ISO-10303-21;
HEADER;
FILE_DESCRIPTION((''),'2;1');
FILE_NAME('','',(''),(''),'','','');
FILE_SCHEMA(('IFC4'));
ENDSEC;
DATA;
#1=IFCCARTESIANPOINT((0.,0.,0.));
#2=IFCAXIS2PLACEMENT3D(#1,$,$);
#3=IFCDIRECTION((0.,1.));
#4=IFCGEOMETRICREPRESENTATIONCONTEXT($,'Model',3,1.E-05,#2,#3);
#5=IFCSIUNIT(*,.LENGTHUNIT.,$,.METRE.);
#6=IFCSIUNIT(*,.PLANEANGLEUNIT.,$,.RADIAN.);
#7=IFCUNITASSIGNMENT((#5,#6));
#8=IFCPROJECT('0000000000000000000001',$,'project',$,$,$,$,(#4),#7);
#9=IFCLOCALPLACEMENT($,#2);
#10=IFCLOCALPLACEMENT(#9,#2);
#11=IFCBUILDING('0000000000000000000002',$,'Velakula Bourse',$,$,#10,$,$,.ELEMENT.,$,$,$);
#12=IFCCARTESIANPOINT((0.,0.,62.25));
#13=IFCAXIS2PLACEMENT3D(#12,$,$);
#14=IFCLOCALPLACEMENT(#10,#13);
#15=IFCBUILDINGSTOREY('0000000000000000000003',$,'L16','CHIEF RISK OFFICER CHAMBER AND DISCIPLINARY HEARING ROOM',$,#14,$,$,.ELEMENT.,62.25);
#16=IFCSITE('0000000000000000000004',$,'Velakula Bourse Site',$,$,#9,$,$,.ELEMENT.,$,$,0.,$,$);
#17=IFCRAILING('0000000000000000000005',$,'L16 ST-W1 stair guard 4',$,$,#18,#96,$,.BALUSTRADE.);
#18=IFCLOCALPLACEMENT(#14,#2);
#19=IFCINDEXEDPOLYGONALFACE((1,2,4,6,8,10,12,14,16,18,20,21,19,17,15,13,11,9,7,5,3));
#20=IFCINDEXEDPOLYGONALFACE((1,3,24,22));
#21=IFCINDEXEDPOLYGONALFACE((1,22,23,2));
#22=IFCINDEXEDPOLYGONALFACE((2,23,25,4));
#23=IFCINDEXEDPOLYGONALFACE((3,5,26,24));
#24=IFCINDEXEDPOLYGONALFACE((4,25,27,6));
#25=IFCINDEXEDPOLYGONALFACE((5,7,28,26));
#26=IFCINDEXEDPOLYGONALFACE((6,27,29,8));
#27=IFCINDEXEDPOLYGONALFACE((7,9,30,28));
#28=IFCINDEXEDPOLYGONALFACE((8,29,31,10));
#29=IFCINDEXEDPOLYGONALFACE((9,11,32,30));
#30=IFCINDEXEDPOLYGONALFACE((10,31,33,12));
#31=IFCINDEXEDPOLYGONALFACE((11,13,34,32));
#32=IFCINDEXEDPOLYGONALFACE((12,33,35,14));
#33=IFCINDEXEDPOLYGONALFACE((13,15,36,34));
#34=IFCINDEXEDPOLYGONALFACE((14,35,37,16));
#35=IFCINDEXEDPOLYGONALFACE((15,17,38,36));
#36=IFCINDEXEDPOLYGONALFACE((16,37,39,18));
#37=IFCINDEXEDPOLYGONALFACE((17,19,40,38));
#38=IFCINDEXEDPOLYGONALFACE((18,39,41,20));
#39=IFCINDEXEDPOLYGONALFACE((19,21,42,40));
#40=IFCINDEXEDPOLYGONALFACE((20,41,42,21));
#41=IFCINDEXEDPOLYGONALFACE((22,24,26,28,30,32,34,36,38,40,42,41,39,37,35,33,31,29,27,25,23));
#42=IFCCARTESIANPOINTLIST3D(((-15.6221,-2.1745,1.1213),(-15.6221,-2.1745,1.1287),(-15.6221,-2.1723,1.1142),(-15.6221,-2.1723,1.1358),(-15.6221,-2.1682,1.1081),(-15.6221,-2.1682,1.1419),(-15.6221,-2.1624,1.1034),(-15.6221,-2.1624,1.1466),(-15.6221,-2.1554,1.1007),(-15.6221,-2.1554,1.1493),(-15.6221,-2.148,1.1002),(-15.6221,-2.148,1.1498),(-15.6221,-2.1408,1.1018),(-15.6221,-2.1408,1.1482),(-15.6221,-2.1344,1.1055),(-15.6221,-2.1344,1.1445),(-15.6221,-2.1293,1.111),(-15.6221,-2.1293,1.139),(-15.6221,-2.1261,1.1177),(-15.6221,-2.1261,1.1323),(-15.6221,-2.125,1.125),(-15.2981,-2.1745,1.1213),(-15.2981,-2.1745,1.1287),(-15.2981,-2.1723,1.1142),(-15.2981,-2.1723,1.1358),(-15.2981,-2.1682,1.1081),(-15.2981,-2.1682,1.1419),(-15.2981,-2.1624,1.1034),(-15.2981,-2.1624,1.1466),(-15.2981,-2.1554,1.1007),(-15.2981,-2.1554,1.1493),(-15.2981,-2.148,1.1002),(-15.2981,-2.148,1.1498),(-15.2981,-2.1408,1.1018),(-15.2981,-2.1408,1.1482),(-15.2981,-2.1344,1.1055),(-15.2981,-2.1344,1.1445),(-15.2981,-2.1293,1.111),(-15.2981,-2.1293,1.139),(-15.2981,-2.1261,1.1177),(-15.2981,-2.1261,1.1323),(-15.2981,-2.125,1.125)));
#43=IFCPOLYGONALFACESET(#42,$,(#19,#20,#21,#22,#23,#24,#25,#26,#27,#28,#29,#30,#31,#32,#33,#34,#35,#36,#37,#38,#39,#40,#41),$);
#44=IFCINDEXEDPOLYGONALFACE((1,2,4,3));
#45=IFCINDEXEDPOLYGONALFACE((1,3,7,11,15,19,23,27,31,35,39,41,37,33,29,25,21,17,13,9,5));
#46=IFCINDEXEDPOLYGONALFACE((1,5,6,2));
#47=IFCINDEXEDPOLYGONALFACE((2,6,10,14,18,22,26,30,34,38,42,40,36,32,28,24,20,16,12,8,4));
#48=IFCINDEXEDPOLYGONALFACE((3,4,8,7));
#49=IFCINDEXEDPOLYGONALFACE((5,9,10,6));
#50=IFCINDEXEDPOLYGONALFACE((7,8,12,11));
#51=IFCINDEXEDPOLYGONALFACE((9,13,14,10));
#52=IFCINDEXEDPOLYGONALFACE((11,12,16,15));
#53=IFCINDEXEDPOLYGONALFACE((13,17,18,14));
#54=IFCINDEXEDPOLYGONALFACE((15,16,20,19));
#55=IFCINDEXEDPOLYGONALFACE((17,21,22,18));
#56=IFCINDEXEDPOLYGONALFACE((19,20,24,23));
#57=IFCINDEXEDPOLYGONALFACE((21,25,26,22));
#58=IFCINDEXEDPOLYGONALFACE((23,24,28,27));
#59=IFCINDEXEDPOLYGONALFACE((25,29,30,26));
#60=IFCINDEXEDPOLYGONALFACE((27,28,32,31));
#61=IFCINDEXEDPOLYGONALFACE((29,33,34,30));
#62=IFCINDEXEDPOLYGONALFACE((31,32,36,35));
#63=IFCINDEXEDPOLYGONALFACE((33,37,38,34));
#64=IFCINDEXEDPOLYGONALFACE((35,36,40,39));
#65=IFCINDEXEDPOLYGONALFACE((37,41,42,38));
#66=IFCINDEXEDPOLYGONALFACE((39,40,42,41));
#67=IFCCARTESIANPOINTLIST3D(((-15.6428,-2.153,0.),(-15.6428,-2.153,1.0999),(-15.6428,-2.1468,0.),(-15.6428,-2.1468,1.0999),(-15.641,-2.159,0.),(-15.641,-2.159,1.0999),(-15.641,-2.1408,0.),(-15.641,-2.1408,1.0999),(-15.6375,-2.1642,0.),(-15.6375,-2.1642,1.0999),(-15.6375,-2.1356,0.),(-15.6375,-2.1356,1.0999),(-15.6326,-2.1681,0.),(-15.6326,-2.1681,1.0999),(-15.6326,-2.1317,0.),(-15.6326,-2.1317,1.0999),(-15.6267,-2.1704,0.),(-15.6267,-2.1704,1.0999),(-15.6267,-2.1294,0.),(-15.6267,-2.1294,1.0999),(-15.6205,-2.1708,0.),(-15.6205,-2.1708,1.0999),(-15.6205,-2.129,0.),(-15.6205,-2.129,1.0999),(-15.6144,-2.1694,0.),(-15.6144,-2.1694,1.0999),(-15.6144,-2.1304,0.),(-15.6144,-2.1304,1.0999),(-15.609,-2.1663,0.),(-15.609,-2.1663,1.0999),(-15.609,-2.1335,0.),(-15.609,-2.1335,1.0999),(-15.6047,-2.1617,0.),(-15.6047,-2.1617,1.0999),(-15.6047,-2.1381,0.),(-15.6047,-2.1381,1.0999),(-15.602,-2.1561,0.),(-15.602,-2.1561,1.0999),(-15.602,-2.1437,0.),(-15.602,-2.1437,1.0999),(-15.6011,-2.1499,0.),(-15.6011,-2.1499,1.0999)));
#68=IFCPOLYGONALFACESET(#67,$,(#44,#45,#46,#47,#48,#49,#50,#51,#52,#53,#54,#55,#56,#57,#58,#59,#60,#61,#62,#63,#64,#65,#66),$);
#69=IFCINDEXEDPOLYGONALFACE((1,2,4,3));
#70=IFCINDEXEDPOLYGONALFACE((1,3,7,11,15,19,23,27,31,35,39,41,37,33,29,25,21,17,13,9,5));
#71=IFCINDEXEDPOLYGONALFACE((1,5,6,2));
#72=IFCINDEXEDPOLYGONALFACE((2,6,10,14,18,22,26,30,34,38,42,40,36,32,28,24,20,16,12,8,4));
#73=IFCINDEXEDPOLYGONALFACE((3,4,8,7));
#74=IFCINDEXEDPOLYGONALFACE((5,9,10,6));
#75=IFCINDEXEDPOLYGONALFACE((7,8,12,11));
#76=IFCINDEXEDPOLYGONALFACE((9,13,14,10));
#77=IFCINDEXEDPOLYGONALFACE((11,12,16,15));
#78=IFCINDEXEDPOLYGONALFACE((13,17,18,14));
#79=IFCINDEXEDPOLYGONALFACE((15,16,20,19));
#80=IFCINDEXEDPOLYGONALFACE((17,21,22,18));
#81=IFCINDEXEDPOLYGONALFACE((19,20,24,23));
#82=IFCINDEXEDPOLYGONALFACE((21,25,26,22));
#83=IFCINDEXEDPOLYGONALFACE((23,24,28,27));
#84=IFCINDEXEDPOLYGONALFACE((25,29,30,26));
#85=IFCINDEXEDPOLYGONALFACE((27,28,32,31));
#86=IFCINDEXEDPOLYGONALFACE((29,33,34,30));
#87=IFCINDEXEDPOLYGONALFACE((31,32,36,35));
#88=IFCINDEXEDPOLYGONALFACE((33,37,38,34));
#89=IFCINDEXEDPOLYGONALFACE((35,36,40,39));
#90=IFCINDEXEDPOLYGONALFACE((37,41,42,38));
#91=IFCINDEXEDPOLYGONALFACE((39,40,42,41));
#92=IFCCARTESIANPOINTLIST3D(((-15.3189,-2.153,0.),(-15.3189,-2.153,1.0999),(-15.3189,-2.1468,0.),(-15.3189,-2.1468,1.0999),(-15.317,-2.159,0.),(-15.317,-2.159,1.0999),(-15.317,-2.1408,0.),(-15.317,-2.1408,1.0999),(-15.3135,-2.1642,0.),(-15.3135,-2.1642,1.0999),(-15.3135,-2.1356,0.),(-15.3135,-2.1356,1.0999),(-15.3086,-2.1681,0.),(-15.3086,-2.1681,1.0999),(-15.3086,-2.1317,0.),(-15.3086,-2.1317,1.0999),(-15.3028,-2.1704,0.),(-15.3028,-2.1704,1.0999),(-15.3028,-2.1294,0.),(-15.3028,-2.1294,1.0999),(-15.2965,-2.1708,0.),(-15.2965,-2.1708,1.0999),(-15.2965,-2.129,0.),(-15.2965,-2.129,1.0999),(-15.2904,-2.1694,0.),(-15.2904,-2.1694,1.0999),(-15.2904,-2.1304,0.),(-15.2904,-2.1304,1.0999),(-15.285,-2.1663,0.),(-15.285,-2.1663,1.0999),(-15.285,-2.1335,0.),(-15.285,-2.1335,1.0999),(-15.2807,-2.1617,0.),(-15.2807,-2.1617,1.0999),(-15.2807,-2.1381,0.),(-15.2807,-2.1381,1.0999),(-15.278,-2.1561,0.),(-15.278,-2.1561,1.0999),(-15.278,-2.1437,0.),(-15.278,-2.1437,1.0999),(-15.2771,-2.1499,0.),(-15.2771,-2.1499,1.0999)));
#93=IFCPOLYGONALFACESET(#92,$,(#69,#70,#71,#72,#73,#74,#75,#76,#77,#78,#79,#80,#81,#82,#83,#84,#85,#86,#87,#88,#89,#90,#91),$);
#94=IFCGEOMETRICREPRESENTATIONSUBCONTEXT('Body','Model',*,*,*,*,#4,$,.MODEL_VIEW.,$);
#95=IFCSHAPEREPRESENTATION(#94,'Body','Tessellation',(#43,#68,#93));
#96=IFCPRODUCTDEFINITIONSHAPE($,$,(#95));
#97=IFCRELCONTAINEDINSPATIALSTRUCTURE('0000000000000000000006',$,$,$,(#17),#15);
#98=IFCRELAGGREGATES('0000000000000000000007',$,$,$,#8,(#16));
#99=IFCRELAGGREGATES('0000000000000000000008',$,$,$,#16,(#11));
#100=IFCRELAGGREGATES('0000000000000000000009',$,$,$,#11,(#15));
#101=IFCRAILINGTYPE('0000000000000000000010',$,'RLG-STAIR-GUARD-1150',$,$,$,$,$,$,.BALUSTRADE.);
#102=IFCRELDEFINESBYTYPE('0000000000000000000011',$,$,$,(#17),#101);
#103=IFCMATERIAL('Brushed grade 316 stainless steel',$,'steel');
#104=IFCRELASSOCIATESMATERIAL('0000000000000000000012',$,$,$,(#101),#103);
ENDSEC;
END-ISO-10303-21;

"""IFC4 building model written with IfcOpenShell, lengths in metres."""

from ifc_helpers import new_model, si_unit, direction, frame, origin, origin_2d, place, context, subcontext, project, spatial, circle, extrude, material, type_object, element, save


model = new_model("IFC4")

# Units and contexts
model_context = context("Model", 3, precision=1e-05, world=origin(), true_north=direction((0.0, 1.0)))
body_context = subcontext(model_context, "Body", "Model", "MODEL_VIEW")
ifc_project = project(units=[si_unit("LENGTHUNIT", "METRE"), si_unit("PLANEANGLEUNIT", "RADIAN")], contexts=[model_context])

# Site, building, storey
site_placement = place(None, origin())
site = spatial("IfcSite", under=ifc_project, at=site_placement, Name="Velakula Bourse Site", CompositionType="ELEMENT", RefElevation=0.0)
building_placement = place(site_placement, origin())
building = spatial("IfcBuilding", under=site, at=building_placement, Name="Velakula Bourse", CompositionType="ELEMENT")
storey_placement = place(building_placement, frame((0.0, 0.0, 62.25)))
storey = spatial("IfcBuildingStorey", under=building, at=storey_placement, Name="L16", Description="CHIEF RISK OFFICER CHAMBER AND DISCIPLINARY HEARING ROOM", CompositionType="ELEMENT", Elevation=62.25)

# Shared definitions
ifc_material_1 = material(Name="Brushed grade 316 stainless steel", Category="steel")

# Railing
railing_type_1 = type_object("IfcRailingType", Name="RLG-STAIR-GUARD-1150", PredefinedType="BALUSTRADE", material=ifc_material_1)
railing_1_placement = place(storey_placement, frame((-15.6221, -2.1499, 0.0)))
element("IfcRailing", 1, at=railing_1_placement, inside=storey, type_object=railing_type_1, Name="L16 ST-W1 stair guard 4", PredefinedType="BALUSTRADE", context=body_context, shape_type="SweptSolid", body=[
    extrude(circle(Radius=0.0249, at=origin_2d()), frame((0.0, 0.0, 1.125), z_axis=(1.0, 0.0, 0.0), x_axis=(0.0, 1.0, 0.0)), (0.0, 0.0, 1.0), 0.324),
    extrude(circle(Radius=0.021, at=origin_2d()), origin(), (0.0, 0.0, 1.0), 1.0999),
    extrude(circle(Radius=0.021, at=origin_2d()), frame((0.324, 0.0, 0.0)), (0.0, 0.0, 1.0), 1.0999),
])

save(model, "model.ifc")
